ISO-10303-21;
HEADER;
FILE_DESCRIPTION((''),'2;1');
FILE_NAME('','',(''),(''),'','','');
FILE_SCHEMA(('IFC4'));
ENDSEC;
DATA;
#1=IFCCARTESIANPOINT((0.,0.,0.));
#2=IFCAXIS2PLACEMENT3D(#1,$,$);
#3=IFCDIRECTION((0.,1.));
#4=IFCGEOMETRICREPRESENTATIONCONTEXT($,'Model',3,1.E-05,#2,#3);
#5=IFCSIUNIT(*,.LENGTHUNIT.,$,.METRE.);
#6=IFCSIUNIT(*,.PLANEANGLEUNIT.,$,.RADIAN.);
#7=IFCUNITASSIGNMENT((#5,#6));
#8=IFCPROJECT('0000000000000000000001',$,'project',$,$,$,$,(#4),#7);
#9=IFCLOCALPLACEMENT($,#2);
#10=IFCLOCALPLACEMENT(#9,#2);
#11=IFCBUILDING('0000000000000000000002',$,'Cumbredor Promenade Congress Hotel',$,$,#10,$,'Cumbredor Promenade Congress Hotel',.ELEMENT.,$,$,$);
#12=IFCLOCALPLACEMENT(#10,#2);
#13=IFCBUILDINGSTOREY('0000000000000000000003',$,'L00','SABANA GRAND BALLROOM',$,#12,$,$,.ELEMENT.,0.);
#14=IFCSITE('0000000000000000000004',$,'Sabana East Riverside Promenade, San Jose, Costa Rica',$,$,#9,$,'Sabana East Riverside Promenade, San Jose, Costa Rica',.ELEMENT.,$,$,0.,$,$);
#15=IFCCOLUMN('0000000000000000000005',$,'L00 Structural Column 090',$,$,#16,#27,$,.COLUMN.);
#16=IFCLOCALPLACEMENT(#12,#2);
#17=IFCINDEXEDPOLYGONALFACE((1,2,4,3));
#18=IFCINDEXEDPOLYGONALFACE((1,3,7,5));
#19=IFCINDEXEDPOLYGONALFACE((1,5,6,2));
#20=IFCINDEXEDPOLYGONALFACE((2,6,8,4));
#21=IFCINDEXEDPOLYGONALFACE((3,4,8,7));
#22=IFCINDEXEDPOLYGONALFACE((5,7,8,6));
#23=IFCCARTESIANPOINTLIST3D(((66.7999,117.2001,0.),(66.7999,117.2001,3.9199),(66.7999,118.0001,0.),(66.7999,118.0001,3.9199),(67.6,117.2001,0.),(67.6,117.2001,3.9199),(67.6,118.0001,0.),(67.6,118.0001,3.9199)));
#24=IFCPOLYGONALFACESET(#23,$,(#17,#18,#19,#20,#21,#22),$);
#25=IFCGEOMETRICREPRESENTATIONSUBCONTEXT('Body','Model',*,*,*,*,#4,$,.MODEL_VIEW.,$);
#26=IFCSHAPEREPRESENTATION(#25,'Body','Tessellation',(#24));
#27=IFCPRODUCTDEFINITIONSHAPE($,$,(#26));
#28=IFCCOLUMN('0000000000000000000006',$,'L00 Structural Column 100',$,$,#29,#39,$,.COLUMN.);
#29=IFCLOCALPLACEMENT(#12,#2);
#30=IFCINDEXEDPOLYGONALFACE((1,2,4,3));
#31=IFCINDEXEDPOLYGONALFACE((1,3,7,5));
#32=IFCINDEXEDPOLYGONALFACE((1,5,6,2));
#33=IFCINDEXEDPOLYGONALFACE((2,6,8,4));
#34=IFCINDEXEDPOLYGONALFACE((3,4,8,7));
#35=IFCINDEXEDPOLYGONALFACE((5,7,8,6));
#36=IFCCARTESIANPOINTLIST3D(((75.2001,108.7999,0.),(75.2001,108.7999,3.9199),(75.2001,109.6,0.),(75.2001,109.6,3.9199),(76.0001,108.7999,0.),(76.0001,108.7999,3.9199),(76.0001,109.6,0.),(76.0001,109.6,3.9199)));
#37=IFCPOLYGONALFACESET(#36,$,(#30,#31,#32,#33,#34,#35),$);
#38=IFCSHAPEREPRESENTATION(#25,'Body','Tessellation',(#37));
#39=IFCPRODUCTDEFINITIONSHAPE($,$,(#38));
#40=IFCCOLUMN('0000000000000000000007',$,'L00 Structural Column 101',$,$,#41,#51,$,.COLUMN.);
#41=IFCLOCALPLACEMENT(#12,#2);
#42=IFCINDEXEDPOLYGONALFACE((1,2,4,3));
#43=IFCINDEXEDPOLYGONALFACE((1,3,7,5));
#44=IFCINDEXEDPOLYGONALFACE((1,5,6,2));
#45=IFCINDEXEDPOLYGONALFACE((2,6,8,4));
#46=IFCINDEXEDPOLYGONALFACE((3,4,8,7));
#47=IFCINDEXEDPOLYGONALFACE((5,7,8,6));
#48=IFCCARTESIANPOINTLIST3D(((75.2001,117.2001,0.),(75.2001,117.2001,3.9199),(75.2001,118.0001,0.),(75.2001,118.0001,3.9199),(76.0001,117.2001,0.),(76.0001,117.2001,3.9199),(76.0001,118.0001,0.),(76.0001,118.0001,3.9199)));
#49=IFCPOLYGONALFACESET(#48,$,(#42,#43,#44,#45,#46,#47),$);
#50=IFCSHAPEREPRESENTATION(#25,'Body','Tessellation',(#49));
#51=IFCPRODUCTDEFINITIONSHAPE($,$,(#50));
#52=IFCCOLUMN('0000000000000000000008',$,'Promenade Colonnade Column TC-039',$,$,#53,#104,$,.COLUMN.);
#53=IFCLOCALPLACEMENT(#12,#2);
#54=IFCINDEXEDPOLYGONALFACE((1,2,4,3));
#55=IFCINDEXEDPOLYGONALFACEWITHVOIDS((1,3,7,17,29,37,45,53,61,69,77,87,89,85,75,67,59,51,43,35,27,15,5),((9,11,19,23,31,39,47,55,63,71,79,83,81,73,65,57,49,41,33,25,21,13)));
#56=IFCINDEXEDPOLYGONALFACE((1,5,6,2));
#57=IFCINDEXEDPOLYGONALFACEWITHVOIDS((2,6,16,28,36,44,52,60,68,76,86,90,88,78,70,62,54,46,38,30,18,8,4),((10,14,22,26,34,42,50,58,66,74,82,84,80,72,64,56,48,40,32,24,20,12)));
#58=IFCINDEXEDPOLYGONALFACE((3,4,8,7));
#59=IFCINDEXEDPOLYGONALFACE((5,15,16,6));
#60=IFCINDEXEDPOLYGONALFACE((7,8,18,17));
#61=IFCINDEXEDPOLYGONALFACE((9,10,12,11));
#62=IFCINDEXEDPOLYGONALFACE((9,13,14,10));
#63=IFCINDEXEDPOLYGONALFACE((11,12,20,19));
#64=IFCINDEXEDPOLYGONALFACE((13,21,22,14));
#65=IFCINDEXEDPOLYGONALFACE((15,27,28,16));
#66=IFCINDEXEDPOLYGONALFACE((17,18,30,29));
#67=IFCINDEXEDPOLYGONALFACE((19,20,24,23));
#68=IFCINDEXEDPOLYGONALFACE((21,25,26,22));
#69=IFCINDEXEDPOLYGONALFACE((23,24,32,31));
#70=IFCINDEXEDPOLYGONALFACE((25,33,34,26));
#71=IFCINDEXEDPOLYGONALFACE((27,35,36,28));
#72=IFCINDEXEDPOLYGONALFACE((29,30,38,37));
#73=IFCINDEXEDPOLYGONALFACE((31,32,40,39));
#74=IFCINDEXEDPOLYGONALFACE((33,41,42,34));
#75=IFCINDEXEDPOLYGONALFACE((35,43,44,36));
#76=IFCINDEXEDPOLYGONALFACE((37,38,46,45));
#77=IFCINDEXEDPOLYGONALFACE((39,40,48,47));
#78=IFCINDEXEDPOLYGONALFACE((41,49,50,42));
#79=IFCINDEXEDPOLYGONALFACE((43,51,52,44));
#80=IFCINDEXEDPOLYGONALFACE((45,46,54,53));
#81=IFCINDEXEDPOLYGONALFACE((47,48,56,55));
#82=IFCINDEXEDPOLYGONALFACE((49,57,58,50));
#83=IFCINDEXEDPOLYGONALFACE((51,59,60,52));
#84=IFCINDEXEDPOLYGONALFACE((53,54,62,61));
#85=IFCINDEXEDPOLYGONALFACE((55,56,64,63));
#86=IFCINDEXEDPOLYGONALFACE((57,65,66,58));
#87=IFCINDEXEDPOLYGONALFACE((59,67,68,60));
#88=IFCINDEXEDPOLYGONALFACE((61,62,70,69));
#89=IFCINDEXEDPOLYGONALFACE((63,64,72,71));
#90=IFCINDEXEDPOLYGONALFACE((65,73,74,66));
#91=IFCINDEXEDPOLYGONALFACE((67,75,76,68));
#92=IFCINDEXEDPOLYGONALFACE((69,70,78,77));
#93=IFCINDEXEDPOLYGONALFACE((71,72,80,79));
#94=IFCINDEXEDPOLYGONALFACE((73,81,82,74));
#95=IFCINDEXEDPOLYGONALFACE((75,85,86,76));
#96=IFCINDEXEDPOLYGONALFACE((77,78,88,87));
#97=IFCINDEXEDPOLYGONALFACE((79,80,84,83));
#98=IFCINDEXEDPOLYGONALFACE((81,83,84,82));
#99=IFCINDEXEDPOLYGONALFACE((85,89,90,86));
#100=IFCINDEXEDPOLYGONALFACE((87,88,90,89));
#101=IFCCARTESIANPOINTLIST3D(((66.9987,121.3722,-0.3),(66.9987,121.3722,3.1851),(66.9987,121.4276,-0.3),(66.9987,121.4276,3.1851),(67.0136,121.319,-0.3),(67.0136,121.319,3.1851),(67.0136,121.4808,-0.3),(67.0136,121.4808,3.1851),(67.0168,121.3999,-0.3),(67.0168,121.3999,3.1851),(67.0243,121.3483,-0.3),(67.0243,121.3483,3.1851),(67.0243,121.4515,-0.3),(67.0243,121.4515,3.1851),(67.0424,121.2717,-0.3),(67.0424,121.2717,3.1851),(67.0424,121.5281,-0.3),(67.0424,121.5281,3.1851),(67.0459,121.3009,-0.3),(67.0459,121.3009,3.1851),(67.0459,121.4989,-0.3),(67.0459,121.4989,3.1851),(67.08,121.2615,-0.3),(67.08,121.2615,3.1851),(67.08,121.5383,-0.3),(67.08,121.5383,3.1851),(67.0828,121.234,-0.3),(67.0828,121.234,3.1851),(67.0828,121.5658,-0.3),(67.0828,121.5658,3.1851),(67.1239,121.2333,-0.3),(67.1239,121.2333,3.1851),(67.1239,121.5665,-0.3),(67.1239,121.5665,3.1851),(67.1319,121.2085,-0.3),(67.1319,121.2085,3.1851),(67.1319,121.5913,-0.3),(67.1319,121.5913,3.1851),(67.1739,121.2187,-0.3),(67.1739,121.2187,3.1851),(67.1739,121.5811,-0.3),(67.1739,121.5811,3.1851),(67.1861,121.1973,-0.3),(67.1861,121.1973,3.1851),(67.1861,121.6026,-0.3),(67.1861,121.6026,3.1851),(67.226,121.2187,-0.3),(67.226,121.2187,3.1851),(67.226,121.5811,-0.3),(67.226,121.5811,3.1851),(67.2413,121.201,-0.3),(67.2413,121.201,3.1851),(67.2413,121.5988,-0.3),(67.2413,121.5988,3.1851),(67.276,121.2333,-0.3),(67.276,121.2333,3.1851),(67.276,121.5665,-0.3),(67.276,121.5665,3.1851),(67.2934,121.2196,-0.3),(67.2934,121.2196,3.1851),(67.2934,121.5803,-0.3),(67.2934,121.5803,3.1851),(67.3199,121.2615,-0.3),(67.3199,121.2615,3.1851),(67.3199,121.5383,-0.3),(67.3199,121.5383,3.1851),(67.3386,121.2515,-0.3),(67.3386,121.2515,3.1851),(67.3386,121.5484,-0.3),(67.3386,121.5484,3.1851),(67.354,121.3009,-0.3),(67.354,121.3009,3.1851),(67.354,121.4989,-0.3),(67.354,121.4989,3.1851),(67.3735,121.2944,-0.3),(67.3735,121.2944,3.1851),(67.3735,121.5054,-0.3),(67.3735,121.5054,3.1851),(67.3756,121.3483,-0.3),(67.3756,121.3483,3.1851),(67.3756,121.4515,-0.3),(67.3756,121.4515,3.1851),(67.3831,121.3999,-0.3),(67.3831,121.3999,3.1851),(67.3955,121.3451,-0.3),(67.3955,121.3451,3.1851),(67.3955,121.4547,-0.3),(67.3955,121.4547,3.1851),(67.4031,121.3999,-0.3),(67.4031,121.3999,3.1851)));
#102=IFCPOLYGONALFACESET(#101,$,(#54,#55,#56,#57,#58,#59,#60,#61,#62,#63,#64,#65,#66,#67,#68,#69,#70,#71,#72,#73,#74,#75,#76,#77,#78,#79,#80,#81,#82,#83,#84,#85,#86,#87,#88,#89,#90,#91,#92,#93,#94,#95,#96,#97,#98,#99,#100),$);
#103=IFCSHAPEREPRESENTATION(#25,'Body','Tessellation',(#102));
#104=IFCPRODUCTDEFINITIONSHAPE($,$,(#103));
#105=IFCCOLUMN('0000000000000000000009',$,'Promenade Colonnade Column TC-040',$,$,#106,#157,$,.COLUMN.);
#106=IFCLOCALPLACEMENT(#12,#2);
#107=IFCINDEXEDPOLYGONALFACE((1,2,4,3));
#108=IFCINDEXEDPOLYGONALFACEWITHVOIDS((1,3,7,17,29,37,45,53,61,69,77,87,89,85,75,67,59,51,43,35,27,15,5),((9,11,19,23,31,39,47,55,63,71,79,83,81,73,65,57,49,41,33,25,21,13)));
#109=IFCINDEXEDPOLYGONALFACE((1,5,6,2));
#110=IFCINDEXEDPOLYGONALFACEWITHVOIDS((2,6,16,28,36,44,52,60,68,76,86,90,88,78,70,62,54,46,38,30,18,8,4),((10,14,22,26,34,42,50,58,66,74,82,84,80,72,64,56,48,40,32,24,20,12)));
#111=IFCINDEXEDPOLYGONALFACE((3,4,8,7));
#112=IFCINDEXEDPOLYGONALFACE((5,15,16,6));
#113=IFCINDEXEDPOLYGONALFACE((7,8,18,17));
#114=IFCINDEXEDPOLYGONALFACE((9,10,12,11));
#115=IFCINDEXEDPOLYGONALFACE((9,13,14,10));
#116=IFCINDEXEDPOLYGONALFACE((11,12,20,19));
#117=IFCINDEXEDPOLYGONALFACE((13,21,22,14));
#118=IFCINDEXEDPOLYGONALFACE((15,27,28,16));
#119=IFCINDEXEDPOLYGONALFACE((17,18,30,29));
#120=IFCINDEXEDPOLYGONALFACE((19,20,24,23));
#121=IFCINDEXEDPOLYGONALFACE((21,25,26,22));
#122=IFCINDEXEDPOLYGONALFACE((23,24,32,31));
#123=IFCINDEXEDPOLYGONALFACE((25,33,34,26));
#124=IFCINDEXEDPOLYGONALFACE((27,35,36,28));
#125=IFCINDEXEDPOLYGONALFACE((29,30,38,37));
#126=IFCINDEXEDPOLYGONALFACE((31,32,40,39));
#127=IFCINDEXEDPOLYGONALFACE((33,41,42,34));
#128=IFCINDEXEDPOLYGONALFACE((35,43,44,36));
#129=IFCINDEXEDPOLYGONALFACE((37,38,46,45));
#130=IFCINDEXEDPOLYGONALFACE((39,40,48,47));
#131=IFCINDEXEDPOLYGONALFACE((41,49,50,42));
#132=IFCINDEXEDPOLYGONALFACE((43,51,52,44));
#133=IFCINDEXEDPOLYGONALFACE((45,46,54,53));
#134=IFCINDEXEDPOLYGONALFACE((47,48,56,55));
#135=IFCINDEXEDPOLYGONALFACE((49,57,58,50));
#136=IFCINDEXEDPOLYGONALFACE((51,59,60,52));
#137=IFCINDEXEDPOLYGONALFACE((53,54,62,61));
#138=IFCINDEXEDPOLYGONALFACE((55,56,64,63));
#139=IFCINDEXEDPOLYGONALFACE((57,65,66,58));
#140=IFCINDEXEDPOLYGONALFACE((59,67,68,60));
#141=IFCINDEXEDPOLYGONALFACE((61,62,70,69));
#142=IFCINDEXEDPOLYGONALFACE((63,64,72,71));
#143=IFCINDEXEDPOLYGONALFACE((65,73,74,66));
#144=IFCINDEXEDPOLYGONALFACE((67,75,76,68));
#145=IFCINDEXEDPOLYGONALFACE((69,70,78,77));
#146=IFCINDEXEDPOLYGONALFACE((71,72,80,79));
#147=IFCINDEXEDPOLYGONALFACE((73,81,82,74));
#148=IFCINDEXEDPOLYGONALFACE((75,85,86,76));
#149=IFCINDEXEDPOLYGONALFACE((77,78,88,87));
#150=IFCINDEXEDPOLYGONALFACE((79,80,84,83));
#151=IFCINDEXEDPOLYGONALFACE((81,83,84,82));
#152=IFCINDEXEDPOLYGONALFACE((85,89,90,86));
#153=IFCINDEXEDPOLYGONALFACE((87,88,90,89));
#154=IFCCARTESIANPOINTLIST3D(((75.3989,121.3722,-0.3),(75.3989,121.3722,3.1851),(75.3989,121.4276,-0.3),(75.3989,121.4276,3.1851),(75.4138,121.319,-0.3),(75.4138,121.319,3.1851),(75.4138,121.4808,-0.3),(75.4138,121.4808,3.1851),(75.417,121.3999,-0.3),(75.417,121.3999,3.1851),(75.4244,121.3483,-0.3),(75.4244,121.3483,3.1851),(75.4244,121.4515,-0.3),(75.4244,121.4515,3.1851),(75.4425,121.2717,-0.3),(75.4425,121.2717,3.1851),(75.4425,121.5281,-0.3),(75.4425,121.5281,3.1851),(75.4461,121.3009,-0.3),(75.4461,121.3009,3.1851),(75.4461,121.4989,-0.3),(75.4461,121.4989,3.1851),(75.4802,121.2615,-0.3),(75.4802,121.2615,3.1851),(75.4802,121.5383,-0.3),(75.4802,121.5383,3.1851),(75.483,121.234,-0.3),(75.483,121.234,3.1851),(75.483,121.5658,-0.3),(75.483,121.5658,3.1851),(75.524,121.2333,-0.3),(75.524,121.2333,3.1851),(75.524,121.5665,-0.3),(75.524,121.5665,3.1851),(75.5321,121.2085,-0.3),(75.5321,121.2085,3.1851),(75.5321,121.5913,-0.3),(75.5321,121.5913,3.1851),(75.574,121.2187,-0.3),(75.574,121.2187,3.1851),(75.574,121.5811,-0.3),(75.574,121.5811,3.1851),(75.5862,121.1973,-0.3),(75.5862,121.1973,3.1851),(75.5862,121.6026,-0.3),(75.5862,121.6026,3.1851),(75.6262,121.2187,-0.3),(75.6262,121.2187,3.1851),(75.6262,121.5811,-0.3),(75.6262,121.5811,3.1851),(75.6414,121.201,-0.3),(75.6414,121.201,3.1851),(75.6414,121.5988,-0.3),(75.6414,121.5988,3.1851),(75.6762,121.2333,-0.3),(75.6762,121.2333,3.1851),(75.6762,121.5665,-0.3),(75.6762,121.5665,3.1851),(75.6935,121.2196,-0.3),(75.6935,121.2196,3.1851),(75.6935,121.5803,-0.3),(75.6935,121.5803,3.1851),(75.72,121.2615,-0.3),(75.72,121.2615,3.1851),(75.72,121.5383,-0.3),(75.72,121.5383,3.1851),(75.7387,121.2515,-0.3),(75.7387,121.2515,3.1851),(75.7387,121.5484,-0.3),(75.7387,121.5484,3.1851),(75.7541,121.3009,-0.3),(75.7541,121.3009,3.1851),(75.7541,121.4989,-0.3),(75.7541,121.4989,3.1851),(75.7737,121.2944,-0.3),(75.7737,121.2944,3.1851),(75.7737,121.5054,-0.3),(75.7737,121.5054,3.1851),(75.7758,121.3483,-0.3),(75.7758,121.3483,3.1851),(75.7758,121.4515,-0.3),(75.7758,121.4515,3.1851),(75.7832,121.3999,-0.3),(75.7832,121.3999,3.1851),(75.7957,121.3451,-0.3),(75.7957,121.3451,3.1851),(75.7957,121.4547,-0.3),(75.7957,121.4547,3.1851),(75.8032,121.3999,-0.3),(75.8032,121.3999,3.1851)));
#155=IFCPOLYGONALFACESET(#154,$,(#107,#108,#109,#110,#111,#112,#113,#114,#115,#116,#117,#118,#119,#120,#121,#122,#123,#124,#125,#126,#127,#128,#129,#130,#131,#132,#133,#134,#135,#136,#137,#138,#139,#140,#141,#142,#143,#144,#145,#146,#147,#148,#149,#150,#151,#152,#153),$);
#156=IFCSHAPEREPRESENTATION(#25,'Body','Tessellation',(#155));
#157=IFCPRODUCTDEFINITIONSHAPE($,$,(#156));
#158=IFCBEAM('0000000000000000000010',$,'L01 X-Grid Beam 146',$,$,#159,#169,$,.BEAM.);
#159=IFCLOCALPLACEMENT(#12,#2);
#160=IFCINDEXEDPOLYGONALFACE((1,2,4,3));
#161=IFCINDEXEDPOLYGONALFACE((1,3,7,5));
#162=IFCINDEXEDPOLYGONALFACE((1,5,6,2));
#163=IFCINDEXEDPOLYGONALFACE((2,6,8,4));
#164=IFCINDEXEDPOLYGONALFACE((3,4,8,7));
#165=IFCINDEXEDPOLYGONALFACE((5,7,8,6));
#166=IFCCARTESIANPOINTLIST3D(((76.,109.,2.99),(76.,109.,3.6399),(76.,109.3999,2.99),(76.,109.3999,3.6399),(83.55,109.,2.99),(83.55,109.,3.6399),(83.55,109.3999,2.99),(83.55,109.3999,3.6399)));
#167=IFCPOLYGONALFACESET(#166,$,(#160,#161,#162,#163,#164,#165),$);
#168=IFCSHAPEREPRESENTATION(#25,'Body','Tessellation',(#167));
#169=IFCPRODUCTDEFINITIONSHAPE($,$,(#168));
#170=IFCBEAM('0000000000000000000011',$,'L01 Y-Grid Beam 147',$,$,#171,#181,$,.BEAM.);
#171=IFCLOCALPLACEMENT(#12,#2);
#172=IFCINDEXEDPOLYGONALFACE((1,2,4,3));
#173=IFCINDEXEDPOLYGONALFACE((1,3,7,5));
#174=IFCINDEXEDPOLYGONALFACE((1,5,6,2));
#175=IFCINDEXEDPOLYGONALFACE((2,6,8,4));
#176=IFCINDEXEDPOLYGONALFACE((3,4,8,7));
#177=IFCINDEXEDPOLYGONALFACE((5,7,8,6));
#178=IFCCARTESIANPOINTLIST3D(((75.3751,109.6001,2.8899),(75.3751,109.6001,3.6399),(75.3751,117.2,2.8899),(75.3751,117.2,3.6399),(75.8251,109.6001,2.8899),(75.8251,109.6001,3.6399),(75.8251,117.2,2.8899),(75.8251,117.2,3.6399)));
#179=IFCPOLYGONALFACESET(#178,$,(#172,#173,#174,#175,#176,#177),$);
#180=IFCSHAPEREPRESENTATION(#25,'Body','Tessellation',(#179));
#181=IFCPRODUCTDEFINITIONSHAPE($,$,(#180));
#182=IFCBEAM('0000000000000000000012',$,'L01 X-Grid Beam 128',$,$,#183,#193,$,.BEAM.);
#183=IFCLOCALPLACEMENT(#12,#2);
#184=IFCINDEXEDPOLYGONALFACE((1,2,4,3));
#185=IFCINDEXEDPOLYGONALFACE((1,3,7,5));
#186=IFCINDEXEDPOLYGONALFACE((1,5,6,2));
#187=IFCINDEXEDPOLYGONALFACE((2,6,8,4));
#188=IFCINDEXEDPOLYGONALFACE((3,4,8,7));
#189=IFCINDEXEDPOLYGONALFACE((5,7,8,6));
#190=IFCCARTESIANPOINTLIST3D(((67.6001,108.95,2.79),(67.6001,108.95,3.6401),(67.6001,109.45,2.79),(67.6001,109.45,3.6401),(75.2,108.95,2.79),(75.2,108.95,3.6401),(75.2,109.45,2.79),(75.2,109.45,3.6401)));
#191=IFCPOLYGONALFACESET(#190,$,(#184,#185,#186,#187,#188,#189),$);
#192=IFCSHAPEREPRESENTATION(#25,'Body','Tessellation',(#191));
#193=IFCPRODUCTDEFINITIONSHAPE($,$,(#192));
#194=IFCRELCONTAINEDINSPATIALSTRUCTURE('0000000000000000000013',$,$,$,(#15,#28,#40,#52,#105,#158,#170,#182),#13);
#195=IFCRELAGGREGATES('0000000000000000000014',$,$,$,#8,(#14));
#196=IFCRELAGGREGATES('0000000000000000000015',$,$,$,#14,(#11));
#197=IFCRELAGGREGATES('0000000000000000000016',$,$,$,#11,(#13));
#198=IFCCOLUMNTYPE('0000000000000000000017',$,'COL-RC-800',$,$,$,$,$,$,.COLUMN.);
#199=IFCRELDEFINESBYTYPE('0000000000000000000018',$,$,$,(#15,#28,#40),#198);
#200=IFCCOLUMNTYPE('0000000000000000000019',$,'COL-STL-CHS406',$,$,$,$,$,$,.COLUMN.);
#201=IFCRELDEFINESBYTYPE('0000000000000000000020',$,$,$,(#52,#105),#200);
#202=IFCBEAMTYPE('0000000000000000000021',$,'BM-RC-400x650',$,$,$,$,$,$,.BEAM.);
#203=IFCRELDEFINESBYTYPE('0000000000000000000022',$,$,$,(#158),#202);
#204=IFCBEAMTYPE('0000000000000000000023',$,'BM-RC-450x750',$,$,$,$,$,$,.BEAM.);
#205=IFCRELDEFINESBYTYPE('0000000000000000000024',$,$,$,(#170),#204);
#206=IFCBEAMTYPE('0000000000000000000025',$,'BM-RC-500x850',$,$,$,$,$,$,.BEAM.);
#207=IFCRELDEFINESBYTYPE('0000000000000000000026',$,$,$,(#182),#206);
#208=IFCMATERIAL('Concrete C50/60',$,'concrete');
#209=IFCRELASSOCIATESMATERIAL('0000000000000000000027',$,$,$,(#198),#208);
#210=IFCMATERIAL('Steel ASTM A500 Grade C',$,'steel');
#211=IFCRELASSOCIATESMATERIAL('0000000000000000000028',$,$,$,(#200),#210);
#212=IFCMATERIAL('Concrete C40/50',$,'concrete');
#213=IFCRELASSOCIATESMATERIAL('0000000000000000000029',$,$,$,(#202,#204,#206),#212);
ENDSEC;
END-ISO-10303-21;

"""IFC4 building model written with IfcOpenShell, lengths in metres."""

from ifc_helpers import new_model, si_unit, direction, frame, origin, origin_2d, place, context, subcontext, project, spatial, rectangle, hollow_circle, extrude, material, material_profile, profile_set, type_object, element, save


model = new_model("IFC4")

# Units and contexts
model_context = context("Model", 3, precision=1e-05, world=origin(), true_north=direction((0.0, 1.0)))
body_context = subcontext(model_context, "Body", "Model", "MODEL_VIEW")
ifc_project = project(units=[si_unit("LENGTHUNIT", "METRE"), si_unit("PLANEANGLEUNIT", "RADIAN")], contexts=[model_context])

# Site, building, storey
site_placement = place(None, origin())
site = spatial("IfcSite", under=ifc_project, at=site_placement, Name="Sabana East Riverside Promenade, San Jose, Costa Rica", LongName="Sabana East Riverside Promenade, San Jose, Costa Rica", CompositionType="ELEMENT", RefElevation=0.0)
building_placement = place(site_placement, origin())
building = spatial("IfcBuilding", under=site, at=building_placement, Name="Cumbredor Promenade Congress Hotel", LongName="Cumbredor Promenade Congress Hotel", CompositionType="ELEMENT")
storey_placement = place(building_placement, origin())
storey = spatial("IfcBuildingStorey", under=building, at=storey_placement, Name="L00", Description="SABANA GRAND BALLROOM", CompositionType="ELEMENT", Elevation=0.0)

# Columns
ifc_material_1 = material(Name="Concrete C50/60", Category="concrete")
ifc_material_profile_1 = material_profile(ifc_material_1, rectangle(XDim=0.8, YDim=0.8, at=origin_2d()), Name="RC 800x800")
ifc_profile_set_1 = profile_set([ifc_material_profile_1], Name="Concrete C50/60")
column_type_1 = type_object("IfcColumnType", Name="COL-RC-800", PredefinedType="COLUMN", material=ifc_profile_set_1)
for number, where, z_axis, x_axis, name in (
    (1, (67.2, 117.6001, 0.0), (0.0, 0.0, 1.0), (1.0, 0.0, 0.0), "L00 Structural Column 090"),
    (2, (75.6001, 109.2, 0.0), (0.0, 0.0, 1.0), (1.0, 0.0, 0.0), "L00 Structural Column 100"),
    (3, (75.6001, 117.6001, 0.0), (0.0, 0.0, 1.0), (1.0, 0.0, 0.0), "L00 Structural Column 101"),
):
    element("IfcColumn", number, at=place(storey_placement, frame(where, z_axis=z_axis, x_axis=x_axis)), inside=storey, type_object=column_type_1, Name=name, PredefinedType="COLUMN", context=body_context, shape_type="SweptSolid", body=[
        extrude(rectangle(XDim=0.8, YDim=0.8, at=origin_2d()), origin(), (0.0, 0.0, 1.0), 3.9199),
    ])
ifc_material_2 = material(Name="Steel ASTM A500 Grade C", Category="steel")
ifc_material_profile_2 = material_profile(ifc_material_2, hollow_circle(Radius=0.2031, WallThickness=0.02, at=origin_2d()), Name="CHS 406.4x20")
ifc_profile_set_2 = profile_set([ifc_material_profile_2], Name="Steel ASTM A500 Grade C")
column_type_2 = type_object("IfcColumnType", Name="COL-STL-CHS406", PredefinedType="COLUMN", material=ifc_profile_set_2)
for number, where, z_axis, x_axis, name in (
    (4, (67.2, 121.3999, -0.3), (0.0, 0.0, 1.0), (1.0, 0.0, 0.0), "Promenade Colonnade Column TC-039"),
    (5, (75.6001, 121.3999, -0.3), (0.0, 0.0, 1.0), (1.0, 0.0, 0.0), "Promenade Colonnade Column TC-040"),
):
    element("IfcColumn", number, at=place(storey_placement, frame(where, z_axis=z_axis, x_axis=x_axis)), inside=storey, type_object=column_type_2, Name=name, PredefinedType="COLUMN", context=body_context, shape_type="SweptSolid", body=[
        extrude(hollow_circle(Radius=0.2031, WallThickness=0.02, at=origin_2d()), origin(), (0.0, 0.0, 1.0), 3.4851),
    ])

# Beams
ifc_material_3 = material(Name="Concrete C40/50", Category="concrete")
ifc_material_profile_3 = material_profile(ifc_material_3, rectangle(XDim=0.3999, YDim=0.6499, at=origin_2d()), Name="RC BEAM 400x650")
ifc_profile_set_3 = profile_set([ifc_material_profile_3], Name="Concrete C40/50")
beam_type_1 = type_object("IfcBeamType", Name="BM-RC-400x650", PredefinedType="BEAM", material=ifc_profile_set_3)
beam_1_placement = place(storey_placement, frame((76.0, 109.2, 3.3149), z_axis=(1.0, 0.0, 0.0), x_axis=(0.0, 1.0, 0.0)))
element("IfcBeam", 6, at=beam_1_placement, inside=storey, type_object=beam_type_1, Name="L01 X-Grid Beam 146", PredefinedType="BEAM", context=body_context, shape_type="SweptSolid", body=[
    extrude(rectangle(XDim=0.3999, YDim=0.6499, at=origin_2d()), origin(), (0.0, 0.0, 1.0), 7.55),
])
ifc_material_profile_4 = material_profile(ifc_material_3, rectangle(XDim=0.45, YDim=0.75, at=origin_2d()), Name="RC BEAM 450x750")
ifc_profile_set_4 = profile_set([ifc_material_profile_4], Name="Concrete C40/50")
beam_type_2 = type_object("IfcBeamType", Name="BM-RC-450x750", PredefinedType="BEAM", material=ifc_profile_set_4)
beam_2_placement = place(storey_placement, frame((75.6001, 109.6001, 3.2649), z_axis=(0.0, 1.0, 0.0), x_axis=(-1.0, 0.0, 0.0)))
element("IfcBeam", 7, at=beam_2_placement, inside=storey, type_object=beam_type_2, Name="L01 Y-Grid Beam 147", PredefinedType="BEAM", context=body_context, shape_type="SweptSolid", body=[
    extrude(rectangle(XDim=0.45, YDim=0.75, at=origin_2d()), origin(), (0.0, 0.0, 1.0), 7.5999),
])
ifc_material_profile_5 = material_profile(ifc_material_3, rectangle(XDim=0.5, YDim=0.8501, at=origin_2d()), Name="RC BEAM 500x850")
ifc_profile_set_5 = profile_set([ifc_material_profile_5], Name="Concrete C40/50")
beam_type_3 = type_object("IfcBeamType", Name="BM-RC-500x850", PredefinedType="BEAM", material=ifc_profile_set_5)
beam_3_placement = place(storey_placement, frame((67.6001, 109.2, 3.2151), z_axis=(1.0, 0.0, 0.0), x_axis=(0.0, 1.0, 0.0)))
element("IfcBeam", 8, at=beam_3_placement, inside=storey, type_object=beam_type_3, Name="L01 X-Grid Beam 128", PredefinedType="BEAM", context=body_context, shape_type="SweptSolid", body=[
    extrude(rectangle(XDim=0.5, YDim=0.8501, at=origin_2d()), origin(), (0.0, 0.0, 1.0), 7.5999),
])

save(model, "model.ifc")
